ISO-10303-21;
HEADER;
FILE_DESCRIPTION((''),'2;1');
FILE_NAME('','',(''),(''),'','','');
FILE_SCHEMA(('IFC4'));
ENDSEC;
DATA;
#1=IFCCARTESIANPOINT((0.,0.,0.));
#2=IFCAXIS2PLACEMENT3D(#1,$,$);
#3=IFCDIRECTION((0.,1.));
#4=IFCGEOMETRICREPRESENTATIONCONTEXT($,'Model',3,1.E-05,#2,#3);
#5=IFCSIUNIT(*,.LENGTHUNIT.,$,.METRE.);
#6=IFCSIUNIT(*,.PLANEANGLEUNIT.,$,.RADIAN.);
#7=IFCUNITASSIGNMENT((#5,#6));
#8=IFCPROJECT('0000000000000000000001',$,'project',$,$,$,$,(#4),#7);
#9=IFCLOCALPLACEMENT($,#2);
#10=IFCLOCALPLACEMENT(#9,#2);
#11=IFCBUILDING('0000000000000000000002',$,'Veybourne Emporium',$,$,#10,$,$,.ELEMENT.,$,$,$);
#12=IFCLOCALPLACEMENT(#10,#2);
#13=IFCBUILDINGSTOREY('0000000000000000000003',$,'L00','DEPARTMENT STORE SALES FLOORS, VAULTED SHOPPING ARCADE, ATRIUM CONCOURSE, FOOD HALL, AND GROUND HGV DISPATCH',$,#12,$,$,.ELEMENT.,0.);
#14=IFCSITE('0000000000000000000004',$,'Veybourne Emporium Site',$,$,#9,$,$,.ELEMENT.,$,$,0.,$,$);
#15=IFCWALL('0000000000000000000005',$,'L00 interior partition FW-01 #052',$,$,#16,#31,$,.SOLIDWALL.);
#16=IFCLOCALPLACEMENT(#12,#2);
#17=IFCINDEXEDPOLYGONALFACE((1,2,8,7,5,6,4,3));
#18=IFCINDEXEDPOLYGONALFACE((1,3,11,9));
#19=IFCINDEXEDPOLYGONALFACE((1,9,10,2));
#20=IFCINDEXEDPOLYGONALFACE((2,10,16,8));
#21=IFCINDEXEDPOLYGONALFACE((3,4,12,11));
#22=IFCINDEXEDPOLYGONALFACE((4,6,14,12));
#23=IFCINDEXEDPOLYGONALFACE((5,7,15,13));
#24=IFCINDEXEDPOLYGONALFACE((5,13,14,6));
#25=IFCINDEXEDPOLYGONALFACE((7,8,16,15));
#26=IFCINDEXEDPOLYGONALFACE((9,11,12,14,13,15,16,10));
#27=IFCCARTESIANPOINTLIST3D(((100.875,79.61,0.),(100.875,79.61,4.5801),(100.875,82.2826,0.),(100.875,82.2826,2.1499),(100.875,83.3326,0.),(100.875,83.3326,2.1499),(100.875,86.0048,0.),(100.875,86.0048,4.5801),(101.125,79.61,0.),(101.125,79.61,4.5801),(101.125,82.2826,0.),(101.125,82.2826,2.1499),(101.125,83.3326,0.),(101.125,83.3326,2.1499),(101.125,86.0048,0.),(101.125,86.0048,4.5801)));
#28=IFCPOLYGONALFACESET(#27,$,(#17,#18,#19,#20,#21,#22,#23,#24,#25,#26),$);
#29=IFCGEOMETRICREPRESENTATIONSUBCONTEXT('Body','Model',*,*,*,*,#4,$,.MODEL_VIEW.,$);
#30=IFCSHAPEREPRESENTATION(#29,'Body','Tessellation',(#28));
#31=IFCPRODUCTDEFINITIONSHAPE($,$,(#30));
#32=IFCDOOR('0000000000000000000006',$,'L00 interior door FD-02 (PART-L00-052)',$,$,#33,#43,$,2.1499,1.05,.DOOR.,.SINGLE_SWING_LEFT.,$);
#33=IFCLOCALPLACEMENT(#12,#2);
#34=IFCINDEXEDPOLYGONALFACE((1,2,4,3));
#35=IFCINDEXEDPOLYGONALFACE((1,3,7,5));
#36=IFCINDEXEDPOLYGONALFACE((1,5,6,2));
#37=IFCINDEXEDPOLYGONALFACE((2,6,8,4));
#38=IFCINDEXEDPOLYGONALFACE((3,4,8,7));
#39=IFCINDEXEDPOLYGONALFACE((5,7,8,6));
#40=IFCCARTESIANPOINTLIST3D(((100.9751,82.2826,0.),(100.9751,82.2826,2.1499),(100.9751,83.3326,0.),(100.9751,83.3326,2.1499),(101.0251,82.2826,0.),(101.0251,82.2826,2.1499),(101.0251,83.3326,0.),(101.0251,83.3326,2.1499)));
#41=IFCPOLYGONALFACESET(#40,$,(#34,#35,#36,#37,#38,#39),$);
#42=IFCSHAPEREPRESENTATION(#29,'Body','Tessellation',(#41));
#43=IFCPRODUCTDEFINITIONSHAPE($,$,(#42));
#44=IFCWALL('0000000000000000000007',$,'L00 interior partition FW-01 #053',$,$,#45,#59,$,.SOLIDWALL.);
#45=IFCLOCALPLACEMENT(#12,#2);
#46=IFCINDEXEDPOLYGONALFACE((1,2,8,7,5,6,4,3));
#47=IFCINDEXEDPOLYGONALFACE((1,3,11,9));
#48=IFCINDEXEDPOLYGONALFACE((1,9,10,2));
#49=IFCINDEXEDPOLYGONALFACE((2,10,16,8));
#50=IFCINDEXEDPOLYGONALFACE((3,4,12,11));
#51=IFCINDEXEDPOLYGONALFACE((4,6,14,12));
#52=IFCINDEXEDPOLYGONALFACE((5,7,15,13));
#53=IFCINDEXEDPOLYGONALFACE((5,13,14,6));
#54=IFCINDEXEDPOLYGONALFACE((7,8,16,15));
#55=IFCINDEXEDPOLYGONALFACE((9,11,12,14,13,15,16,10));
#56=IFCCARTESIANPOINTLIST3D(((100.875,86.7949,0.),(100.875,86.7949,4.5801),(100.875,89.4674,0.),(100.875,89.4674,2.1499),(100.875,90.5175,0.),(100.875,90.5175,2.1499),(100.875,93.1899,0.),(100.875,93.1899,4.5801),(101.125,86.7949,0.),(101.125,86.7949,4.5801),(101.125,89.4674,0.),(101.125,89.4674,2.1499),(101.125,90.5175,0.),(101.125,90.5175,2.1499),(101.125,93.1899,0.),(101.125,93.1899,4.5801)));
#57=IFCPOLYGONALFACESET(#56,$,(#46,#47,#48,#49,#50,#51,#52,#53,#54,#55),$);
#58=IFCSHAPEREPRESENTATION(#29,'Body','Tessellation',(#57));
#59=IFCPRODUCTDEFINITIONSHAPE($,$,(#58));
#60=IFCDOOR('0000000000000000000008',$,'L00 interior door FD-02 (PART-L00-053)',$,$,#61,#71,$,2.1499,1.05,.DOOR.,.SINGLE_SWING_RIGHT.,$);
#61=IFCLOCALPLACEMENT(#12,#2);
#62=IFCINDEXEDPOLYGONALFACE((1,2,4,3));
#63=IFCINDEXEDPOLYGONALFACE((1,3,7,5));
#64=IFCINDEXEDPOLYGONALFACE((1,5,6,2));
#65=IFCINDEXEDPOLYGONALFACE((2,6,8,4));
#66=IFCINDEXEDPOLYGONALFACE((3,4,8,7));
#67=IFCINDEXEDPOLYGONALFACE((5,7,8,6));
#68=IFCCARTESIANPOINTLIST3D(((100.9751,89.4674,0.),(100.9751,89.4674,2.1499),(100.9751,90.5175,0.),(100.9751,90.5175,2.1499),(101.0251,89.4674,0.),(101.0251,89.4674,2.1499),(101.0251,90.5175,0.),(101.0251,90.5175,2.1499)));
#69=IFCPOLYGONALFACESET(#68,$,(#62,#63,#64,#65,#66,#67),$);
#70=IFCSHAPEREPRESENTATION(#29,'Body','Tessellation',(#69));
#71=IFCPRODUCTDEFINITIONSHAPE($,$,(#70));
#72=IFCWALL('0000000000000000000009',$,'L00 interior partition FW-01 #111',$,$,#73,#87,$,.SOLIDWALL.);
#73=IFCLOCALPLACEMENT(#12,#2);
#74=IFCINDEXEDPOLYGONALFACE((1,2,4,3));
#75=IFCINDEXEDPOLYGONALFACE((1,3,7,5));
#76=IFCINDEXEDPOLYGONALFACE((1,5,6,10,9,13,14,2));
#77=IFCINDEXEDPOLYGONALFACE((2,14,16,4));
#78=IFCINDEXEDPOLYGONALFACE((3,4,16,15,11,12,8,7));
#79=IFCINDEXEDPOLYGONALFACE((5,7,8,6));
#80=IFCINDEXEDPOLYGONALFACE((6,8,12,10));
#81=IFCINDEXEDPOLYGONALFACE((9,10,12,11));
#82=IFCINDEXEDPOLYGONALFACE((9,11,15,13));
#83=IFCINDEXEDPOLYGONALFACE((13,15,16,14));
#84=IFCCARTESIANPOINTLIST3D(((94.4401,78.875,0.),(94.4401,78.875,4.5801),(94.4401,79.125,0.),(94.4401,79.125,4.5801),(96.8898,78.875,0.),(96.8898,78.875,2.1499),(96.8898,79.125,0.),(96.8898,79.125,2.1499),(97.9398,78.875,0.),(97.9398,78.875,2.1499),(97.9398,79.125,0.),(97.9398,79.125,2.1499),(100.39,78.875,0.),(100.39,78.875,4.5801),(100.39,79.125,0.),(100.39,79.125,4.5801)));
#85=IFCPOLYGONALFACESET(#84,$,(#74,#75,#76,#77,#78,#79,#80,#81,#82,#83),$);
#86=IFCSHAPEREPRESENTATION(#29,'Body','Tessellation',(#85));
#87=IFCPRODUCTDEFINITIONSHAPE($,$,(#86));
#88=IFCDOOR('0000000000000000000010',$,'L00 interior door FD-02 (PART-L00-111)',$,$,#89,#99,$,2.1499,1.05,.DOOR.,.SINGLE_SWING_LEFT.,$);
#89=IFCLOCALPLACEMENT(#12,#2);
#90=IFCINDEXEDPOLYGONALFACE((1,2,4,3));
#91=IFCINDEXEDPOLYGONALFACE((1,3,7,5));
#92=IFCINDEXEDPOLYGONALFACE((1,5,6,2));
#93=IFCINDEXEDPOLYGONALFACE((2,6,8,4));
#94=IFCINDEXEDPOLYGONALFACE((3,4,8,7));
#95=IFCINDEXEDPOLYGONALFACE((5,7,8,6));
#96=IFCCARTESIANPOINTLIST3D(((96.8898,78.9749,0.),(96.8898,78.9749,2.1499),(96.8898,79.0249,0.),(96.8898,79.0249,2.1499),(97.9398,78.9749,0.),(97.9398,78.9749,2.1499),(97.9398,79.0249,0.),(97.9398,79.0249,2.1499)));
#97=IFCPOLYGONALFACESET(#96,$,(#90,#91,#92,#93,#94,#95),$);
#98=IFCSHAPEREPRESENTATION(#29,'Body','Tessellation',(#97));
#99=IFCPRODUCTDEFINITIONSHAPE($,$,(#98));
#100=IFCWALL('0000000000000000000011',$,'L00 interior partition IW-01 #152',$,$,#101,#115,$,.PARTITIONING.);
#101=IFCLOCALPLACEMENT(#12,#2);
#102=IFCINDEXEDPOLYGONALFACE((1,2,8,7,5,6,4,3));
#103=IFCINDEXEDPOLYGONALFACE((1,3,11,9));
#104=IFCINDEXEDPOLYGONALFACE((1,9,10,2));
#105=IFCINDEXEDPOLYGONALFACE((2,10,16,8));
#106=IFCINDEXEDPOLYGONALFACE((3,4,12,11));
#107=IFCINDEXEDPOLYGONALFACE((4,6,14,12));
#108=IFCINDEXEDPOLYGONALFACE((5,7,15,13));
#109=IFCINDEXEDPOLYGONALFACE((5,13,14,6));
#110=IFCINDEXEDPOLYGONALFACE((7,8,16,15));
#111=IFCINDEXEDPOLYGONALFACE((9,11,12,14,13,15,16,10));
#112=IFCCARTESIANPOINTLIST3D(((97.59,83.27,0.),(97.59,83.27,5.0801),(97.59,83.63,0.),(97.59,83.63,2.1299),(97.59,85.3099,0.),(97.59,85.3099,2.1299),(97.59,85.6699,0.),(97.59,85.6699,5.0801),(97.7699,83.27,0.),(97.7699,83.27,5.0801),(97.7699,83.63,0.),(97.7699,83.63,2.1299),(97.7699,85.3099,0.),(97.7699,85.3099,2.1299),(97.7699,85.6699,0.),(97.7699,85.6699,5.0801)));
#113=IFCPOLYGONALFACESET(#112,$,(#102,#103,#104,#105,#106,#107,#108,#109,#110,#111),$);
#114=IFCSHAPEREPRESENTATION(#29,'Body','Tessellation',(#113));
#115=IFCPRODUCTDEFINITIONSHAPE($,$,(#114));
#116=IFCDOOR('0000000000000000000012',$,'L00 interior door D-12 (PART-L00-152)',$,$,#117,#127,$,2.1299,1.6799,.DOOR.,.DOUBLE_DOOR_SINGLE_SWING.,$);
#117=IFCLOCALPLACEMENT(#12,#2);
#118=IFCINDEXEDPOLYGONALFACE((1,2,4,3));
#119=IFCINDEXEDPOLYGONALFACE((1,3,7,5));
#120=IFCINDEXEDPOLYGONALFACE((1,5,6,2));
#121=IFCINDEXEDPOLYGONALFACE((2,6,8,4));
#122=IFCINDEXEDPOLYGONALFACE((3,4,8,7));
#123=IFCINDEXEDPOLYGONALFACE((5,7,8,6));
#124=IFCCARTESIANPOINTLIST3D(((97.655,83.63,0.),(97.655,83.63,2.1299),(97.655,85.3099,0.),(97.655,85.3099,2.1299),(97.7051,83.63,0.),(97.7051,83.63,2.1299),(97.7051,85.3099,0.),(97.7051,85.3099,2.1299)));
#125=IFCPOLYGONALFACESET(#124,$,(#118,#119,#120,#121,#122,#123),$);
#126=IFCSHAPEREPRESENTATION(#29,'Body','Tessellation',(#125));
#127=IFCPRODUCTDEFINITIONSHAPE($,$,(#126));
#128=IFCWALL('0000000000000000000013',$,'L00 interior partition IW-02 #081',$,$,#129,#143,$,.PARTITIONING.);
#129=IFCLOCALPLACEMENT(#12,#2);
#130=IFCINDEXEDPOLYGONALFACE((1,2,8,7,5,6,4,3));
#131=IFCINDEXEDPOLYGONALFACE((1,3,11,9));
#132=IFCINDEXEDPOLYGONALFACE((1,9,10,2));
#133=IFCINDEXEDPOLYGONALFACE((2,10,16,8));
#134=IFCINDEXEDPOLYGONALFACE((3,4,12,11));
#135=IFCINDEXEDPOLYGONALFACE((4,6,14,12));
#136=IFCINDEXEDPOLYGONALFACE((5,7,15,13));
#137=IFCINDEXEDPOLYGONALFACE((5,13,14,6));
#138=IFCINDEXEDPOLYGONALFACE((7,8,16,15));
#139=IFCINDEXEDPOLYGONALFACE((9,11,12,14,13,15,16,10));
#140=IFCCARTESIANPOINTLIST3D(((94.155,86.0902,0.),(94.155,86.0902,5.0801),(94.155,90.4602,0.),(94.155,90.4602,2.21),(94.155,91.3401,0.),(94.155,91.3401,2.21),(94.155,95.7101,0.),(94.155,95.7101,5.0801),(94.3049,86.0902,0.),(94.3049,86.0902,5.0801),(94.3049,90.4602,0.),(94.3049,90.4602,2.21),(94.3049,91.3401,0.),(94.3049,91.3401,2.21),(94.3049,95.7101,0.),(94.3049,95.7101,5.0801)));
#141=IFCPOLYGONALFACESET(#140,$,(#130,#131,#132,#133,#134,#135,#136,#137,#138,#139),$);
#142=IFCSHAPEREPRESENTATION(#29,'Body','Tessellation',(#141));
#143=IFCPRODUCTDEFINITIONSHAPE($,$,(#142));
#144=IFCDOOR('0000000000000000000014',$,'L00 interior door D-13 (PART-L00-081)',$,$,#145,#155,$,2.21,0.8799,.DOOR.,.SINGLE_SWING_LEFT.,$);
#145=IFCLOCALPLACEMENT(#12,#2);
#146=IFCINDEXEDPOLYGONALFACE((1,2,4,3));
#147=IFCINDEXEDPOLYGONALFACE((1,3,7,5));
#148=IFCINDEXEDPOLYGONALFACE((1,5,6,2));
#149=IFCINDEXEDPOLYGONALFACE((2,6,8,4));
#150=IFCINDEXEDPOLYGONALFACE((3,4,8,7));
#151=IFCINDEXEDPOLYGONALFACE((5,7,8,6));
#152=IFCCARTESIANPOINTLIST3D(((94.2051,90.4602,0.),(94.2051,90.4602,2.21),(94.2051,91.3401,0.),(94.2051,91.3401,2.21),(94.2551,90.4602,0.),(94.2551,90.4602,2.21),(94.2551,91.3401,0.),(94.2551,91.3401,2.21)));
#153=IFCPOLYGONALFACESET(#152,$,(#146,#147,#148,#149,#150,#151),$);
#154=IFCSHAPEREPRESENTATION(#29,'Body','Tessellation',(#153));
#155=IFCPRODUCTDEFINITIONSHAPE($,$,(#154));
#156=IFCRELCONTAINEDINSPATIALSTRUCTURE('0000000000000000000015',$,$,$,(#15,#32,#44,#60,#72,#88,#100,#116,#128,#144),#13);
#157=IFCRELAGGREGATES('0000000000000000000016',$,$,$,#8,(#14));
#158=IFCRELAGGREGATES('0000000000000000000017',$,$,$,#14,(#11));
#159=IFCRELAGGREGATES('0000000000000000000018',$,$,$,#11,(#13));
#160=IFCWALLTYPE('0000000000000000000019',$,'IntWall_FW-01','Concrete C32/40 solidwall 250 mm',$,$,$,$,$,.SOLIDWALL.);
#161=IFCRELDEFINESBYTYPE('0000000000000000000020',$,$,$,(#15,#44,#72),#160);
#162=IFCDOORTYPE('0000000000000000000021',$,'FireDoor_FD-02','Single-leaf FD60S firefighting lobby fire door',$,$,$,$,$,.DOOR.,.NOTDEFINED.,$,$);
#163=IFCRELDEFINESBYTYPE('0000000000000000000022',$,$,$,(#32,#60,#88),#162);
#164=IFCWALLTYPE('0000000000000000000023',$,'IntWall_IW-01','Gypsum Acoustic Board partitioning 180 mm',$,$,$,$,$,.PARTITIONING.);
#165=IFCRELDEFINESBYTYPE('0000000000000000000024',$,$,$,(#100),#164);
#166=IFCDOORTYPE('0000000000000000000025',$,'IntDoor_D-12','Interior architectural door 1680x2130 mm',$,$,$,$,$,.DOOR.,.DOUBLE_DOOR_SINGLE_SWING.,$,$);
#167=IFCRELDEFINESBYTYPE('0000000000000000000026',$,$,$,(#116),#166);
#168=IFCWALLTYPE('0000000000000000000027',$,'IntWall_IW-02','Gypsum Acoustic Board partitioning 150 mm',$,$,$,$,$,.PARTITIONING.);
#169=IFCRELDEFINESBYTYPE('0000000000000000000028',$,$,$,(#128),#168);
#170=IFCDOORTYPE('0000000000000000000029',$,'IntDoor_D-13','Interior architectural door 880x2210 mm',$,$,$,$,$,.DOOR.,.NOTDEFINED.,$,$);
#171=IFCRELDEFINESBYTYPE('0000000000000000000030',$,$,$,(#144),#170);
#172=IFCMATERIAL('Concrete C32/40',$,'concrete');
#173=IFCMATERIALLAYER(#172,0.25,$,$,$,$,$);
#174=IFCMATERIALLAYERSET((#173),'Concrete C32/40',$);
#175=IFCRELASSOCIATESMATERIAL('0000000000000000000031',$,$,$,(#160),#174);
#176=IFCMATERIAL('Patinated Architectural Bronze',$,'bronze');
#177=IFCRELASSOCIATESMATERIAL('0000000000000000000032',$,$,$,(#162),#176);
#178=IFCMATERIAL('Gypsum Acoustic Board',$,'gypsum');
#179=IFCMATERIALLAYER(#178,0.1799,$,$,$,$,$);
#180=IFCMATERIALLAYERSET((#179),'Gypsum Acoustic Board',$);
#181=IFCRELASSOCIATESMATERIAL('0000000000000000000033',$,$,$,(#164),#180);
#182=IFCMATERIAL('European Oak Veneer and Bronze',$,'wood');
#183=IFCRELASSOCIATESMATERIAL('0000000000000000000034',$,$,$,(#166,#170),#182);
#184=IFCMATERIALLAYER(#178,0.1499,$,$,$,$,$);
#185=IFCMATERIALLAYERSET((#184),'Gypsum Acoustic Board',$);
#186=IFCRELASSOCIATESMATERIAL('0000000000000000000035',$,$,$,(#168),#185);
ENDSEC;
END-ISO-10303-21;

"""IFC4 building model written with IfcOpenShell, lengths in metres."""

from ifc_helpers import new_model, si_unit, direction, frame, frame_2d, origin, place, context, subcontext, project, spatial, rectangle, extrude, material, layer, layer_set, type_object, element, fill, save


model = new_model("IFC4")

# Units and contexts
model_context = context("Model", 3, precision=1e-05, world=origin(), true_north=direction((0.0, 1.0)))
body_context = subcontext(model_context, "Body", "Model", "MODEL_VIEW")
ifc_project = project(units=[si_unit("LENGTHUNIT", "METRE"), si_unit("PLANEANGLEUNIT", "RADIAN")], contexts=[model_context])

# Site, building, storey
site_placement = place(None, origin())
site = spatial("IfcSite", under=ifc_project, at=site_placement, Name="Veybourne Emporium Site", CompositionType="ELEMENT", RefElevation=0.0)
building_placement = place(site_placement, origin())
building = spatial("IfcBuilding", under=site, at=building_placement, Name="Veybourne Emporium", CompositionType="ELEMENT")
storey_placement = place(building_placement, origin())
storey = spatial("IfcBuildingStorey", under=building, at=storey_placement, Name="L00", Description="DEPARTMENT STORE SALES FLOORS, VAULTED SHOPPING ARCADE, ATRIUM CONCOURSE, FOOD HALL, AND GROUND HGV DISPATCH", CompositionType="ELEMENT", Elevation=0.0)

# Shared definitions
ifc_material_1 = material(Name="Concrete C32/40", Category="concrete")

# Shared definitions
ifc_material_2 = material(Name="Patinated Architectural Bronze", Category="bronze")

# Walls, openings, doors
ifc_layer_1 = layer(ifc_material_1, 0.25)
ifc_layer_set_1 = layer_set([ifc_layer_1], Name="Concrete C32/40")
wall_type_1 = type_object("IfcWallType", Name="IntWall_FW-01", Description="Concrete C32/40 solidwall 250 mm", PredefinedType="SOLIDWALL", material=ifc_layer_set_1)
wall_1_placement = place(storey_placement, frame((101.0, 79.6101, 0.0), z_axis=(0.0, 0.0, 1.0), x_axis=(0.0, 1.0, 0.0)))
wall_1 = element("IfcWall", 1, at=wall_1_placement, inside=storey, type_object=wall_type_1, Name="L00 interior partition FW-01 #052", PredefinedType="SOLIDWALL", context=body_context, shape_type="SweptSolid", body=[
    extrude(rectangle(XDim=6.3948, YDim=0.25, at=frame_2d((3.1973, 0.0))), origin(), (0.0, 0.0, 1.0), 4.5801),
])
opening_1_placement = place(wall_1_placement, frame((2.6726, 0.0, 0.0)))
opening_1 = element("IfcOpeningElement", 2, at=opening_1_placement, cuts=wall_1, PredefinedType="OPENING", context=body_context, shape_type="SweptSolid", body=[
    extrude(rectangle(XDim=1.05, YDim=2.1499, at=frame_2d((0.5249, 1.075))), frame((0.0, 0.145, 0.0), z_axis=(0.0, -1.0, 0.0), x_axis=(1.0, 0.0, 0.0)), (0.0, 0.0, 1.0), 0.29),
])
door_type_1 = type_object("IfcDoorType", Name="FireDoor_FD-02", Description="Single-leaf FD60S firefighting lobby fire door", OperationType="NOTDEFINED", PredefinedType="DOOR", material=ifc_material_2)
door_1_placement = place(opening_1_placement, origin())
door_1 = element("IfcDoor", 3, at=door_1_placement, inside=storey, type_object=door_type_1, Name="L00 interior door FD-02 (PART-L00-052)", OperationType="SINGLE_SWING_LEFT", OverallHeight=2.1499, OverallWidth=1.05, PredefinedType="DOOR", context=body_context, shape_type="SweptSolid", body=[
    extrude(rectangle(XDim=1.05, YDim=2.1499, at=frame_2d((0.5249, 1.075))), frame((0.0, 0.0249, 0.0), z_axis=(0.0, -1.0, 0.0), x_axis=(1.0, 0.0, 0.0)), (0.0, 0.0, 1.0), 0.05),
])
fill(opening_1, door_1)
wall_2_placement = place(storey_placement, frame((101.0, 86.7949, 0.0), z_axis=(0.0, 0.0, 1.0), x_axis=(0.0, 1.0, 0.0)))
wall_2 = element("IfcWall", 4, at=wall_2_placement, inside=storey, type_object=wall_type_1, Name="L00 interior partition FW-01 #053", PredefinedType="SOLIDWALL", context=body_context, shape_type="SweptSolid", body=[
    extrude(rectangle(XDim=6.395, YDim=0.25, at=frame_2d((3.1975, 0.0))), origin(), (0.0, 0.0, 1.0), 4.5801),
])
opening_2_placement = place(wall_2_placement, frame((2.6726, 0.0, 0.0)))
opening_2 = element("IfcOpeningElement", 5, at=opening_2_placement, cuts=wall_2, PredefinedType="OPENING", context=body_context, shape_type="SweptSolid", body=[
    extrude(rectangle(XDim=1.05, YDim=2.1499, at=frame_2d((0.5249, 1.075))), frame((0.0, 0.145, 0.0), z_axis=(0.0, -1.0, 0.0), x_axis=(1.0, 0.0, 0.0)), (0.0, 0.0, 1.0), 0.29),
])
door_2_placement = place(opening_2_placement, origin())
door_2 = element("IfcDoor", 6, at=door_2_placement, inside=storey, type_object=door_type_1, Name="L00 interior door FD-02 (PART-L00-053)", OperationType="SINGLE_SWING_RIGHT", OverallHeight=2.1499, OverallWidth=1.05, PredefinedType="DOOR", context=body_context, shape_type="SweptSolid", body=[
    extrude(rectangle(XDim=1.05, YDim=2.1499, at=frame_2d((0.5249, 1.075))), frame((0.0, 0.0249, 0.0), z_axis=(0.0, -1.0, 0.0), x_axis=(1.0, 0.0, 0.0)), (0.0, 0.0, 1.0), 0.05),
])
fill(opening_2, door_2)
wall_3_placement = place(storey_placement, frame((94.4399, 79.0, 0.0), z_axis=(0.0, 0.0, 1.0), x_axis=(1.0, 0.0, 0.0)))
wall_3 = element("IfcWall", 7, at=wall_3_placement, inside=storey, type_object=wall_type_1, Name="L00 interior partition FW-01 #111", PredefinedType="SOLIDWALL", context=body_context, shape_type="SweptSolid", body=[
    extrude(rectangle(XDim=5.95, YDim=0.25, at=frame_2d((2.9751, 0.0))), origin(), (0.0, 0.0, 1.0), 4.5801),
])
opening_3_placement = place(wall_3_placement, frame((2.45, 0.0, 0.0)))
opening_3 = element("IfcOpeningElement", 8, at=opening_3_placement, cuts=wall_3, PredefinedType="OPENING", context=body_context, shape_type="SweptSolid", body=[
    extrude(rectangle(XDim=1.05, YDim=2.1499, at=frame_2d((0.5249, 1.075))), frame((0.0, 0.145, 0.0), z_axis=(0.0, -1.0, 0.0), x_axis=(1.0, 0.0, 0.0)), (0.0, 0.0, 1.0), 0.29),
])
door_3_placement = place(opening_3_placement, origin())
door_3 = element("IfcDoor", 9, at=door_3_placement, inside=storey, type_object=door_type_1, Name="L00 interior door FD-02 (PART-L00-111)", OperationType="SINGLE_SWING_LEFT", OverallHeight=2.1499, OverallWidth=1.05, PredefinedType="DOOR", context=body_context, shape_type="SweptSolid", body=[
    extrude(rectangle(XDim=1.05, YDim=2.1499, at=frame_2d((0.5249, 1.075))), frame((0.0, 0.0249, 0.0), z_axis=(0.0, -1.0, 0.0), x_axis=(1.0, 0.0, 0.0)), (0.0, 0.0, 1.0), 0.05),
])
fill(opening_3, door_3)
ifc_material_3 = material(Name="Gypsum Acoustic Board", Category="gypsum")
ifc_layer_2 = layer(ifc_material_3, 0.1799)
ifc_layer_set_2 = layer_set([ifc_layer_2], Name="Gypsum Acoustic Board")
wall_type_2 = type_object("IfcWallType", Name="IntWall_IW-01", Description="Gypsum Acoustic Board partitioning 180 mm", PredefinedType="PARTITIONING", material=ifc_layer_set_2)
wall_4_placement = place(storey_placement, frame((97.6799, 83.27, 0.0), z_axis=(0.0, 0.0, 1.0), x_axis=(0.0, 1.0, 0.0)))
wall_4 = element("IfcWall", 10, at=wall_4_placement, inside=storey, type_object=wall_type_2, Name="L00 interior partition IW-01 #152", PredefinedType="PARTITIONING", context=body_context, shape_type="SweptSolid", body=[
    extrude(rectangle(XDim=2.3999, YDim=0.1799, at=frame_2d((1.2, 0.0))), origin(), (0.0, 0.0, 1.0), 5.0801),
])
opening_4_placement = place(wall_4_placement, frame((0.3601, 0.0, 0.0)))
opening_4 = element("IfcOpeningElement", 11, at=opening_4_placement, cuts=wall_4, PredefinedType="OPENING", context=body_context, shape_type="SweptSolid", body=[
    extrude(rectangle(XDim=1.6799, YDim=2.1299, at=frame_2d((0.8398, 1.0649))), frame((0.0, 0.1099, 0.0), z_axis=(0.0, -1.0, 0.0), x_axis=(1.0, 0.0, 0.0)), (0.0, 0.0, 1.0), 0.22),
])
ifc_material_4 = material(Name="European Oak Veneer and Bronze", Category="wood")
door_type_2 = type_object("IfcDoorType", Name="IntDoor_D-12", Description="Interior architectural door 1680x2130 mm", OperationType="DOUBLE_DOOR_SINGLE_SWING", PredefinedType="DOOR", material=ifc_material_4)
door_4_placement = place(opening_4_placement, origin())
door_4 = element("IfcDoor", 12, at=door_4_placement, inside=storey, type_object=door_type_2, Name="L00 interior door D-12 (PART-L00-152)", OperationType="DOUBLE_DOOR_SINGLE_SWING", OverallHeight=2.1299, OverallWidth=1.6799, PredefinedType="DOOR", context=body_context, shape_type="SweptSolid", body=[
    extrude(rectangle(XDim=1.6799, YDim=2.1299, at=frame_2d((0.8398, 1.0649))), frame((0.0, 0.0249, 0.0), z_axis=(0.0, -1.0, 0.0), x_axis=(1.0, 0.0, 0.0)), (0.0, 0.0, 1.0), 0.05),
])
fill(opening_4, door_4)
ifc_layer_3 = layer(ifc_material_3, 0.1499)
ifc_layer_set_3 = layer_set([ifc_layer_3], Name="Gypsum Acoustic Board")
wall_type_3 = type_object("IfcWallType", Name="IntWall_IW-02", Description="Gypsum Acoustic Board partitioning 150 mm", PredefinedType="PARTITIONING", material=ifc_layer_set_3)
wall_5_placement = place(storey_placement, frame((94.23, 86.0901, 0.0), z_axis=(0.0, 0.0, 1.0), x_axis=(0.0, 1.0, 0.0)))
wall_5 = element("IfcWall", 13, at=wall_5_placement, inside=storey, type_object=wall_type_3, Name="L00 interior partition IW-02 #081", PredefinedType="PARTITIONING", context=body_context, shape_type="SweptSolid", body=[
    extrude(rectangle(XDim=9.6199, YDim=0.1499, at=frame_2d((4.8101, 0.0))), origin(), (0.0, 0.0, 1.0), 5.0801),
])
opening_5_placement = place(wall_5_placement, frame((4.3701, 0.0, 0.0)))
opening_5 = element("IfcOpeningElement", 14, at=opening_5_placement, cuts=wall_5, PredefinedType="OPENING", context=body_context, shape_type="SweptSolid", body=[
    extrude(rectangle(XDim=0.8799, YDim=2.21, at=frame_2d((0.4399, 1.105))), frame((0.0, 0.095, 0.0), z_axis=(0.0, -1.0, 0.0), x_axis=(1.0, 0.0, 0.0)), (0.0, 0.0, 1.0), 0.1899),
])
door_type_3 = type_object("IfcDoorType", Name="IntDoor_D-13", Description="Interior architectural door 880x2210 mm", OperationType="NOTDEFINED", PredefinedType="DOOR", material=ifc_material_4)
door_5_placement = place(opening_5_placement, origin())
door_5 = element("IfcDoor", 15, at=door_5_placement, inside=storey, type_object=door_type_3, Name="L00 interior door D-13 (PART-L00-081)", OperationType="SINGLE_SWING_LEFT", OverallHeight=2.21, OverallWidth=0.8799, PredefinedType="DOOR", context=body_context, shape_type="SweptSolid", body=[
    extrude(rectangle(XDim=0.8799, YDim=2.21, at=frame_2d((0.4399, 1.105))), frame((0.0, 0.0249, 0.0), z_axis=(0.0, -1.0, 0.0), x_axis=(1.0, 0.0, 0.0)), (0.0, 0.0, 1.0), 0.05),
])
fill(opening_5, door_5)

save(model, "model.ifc")
